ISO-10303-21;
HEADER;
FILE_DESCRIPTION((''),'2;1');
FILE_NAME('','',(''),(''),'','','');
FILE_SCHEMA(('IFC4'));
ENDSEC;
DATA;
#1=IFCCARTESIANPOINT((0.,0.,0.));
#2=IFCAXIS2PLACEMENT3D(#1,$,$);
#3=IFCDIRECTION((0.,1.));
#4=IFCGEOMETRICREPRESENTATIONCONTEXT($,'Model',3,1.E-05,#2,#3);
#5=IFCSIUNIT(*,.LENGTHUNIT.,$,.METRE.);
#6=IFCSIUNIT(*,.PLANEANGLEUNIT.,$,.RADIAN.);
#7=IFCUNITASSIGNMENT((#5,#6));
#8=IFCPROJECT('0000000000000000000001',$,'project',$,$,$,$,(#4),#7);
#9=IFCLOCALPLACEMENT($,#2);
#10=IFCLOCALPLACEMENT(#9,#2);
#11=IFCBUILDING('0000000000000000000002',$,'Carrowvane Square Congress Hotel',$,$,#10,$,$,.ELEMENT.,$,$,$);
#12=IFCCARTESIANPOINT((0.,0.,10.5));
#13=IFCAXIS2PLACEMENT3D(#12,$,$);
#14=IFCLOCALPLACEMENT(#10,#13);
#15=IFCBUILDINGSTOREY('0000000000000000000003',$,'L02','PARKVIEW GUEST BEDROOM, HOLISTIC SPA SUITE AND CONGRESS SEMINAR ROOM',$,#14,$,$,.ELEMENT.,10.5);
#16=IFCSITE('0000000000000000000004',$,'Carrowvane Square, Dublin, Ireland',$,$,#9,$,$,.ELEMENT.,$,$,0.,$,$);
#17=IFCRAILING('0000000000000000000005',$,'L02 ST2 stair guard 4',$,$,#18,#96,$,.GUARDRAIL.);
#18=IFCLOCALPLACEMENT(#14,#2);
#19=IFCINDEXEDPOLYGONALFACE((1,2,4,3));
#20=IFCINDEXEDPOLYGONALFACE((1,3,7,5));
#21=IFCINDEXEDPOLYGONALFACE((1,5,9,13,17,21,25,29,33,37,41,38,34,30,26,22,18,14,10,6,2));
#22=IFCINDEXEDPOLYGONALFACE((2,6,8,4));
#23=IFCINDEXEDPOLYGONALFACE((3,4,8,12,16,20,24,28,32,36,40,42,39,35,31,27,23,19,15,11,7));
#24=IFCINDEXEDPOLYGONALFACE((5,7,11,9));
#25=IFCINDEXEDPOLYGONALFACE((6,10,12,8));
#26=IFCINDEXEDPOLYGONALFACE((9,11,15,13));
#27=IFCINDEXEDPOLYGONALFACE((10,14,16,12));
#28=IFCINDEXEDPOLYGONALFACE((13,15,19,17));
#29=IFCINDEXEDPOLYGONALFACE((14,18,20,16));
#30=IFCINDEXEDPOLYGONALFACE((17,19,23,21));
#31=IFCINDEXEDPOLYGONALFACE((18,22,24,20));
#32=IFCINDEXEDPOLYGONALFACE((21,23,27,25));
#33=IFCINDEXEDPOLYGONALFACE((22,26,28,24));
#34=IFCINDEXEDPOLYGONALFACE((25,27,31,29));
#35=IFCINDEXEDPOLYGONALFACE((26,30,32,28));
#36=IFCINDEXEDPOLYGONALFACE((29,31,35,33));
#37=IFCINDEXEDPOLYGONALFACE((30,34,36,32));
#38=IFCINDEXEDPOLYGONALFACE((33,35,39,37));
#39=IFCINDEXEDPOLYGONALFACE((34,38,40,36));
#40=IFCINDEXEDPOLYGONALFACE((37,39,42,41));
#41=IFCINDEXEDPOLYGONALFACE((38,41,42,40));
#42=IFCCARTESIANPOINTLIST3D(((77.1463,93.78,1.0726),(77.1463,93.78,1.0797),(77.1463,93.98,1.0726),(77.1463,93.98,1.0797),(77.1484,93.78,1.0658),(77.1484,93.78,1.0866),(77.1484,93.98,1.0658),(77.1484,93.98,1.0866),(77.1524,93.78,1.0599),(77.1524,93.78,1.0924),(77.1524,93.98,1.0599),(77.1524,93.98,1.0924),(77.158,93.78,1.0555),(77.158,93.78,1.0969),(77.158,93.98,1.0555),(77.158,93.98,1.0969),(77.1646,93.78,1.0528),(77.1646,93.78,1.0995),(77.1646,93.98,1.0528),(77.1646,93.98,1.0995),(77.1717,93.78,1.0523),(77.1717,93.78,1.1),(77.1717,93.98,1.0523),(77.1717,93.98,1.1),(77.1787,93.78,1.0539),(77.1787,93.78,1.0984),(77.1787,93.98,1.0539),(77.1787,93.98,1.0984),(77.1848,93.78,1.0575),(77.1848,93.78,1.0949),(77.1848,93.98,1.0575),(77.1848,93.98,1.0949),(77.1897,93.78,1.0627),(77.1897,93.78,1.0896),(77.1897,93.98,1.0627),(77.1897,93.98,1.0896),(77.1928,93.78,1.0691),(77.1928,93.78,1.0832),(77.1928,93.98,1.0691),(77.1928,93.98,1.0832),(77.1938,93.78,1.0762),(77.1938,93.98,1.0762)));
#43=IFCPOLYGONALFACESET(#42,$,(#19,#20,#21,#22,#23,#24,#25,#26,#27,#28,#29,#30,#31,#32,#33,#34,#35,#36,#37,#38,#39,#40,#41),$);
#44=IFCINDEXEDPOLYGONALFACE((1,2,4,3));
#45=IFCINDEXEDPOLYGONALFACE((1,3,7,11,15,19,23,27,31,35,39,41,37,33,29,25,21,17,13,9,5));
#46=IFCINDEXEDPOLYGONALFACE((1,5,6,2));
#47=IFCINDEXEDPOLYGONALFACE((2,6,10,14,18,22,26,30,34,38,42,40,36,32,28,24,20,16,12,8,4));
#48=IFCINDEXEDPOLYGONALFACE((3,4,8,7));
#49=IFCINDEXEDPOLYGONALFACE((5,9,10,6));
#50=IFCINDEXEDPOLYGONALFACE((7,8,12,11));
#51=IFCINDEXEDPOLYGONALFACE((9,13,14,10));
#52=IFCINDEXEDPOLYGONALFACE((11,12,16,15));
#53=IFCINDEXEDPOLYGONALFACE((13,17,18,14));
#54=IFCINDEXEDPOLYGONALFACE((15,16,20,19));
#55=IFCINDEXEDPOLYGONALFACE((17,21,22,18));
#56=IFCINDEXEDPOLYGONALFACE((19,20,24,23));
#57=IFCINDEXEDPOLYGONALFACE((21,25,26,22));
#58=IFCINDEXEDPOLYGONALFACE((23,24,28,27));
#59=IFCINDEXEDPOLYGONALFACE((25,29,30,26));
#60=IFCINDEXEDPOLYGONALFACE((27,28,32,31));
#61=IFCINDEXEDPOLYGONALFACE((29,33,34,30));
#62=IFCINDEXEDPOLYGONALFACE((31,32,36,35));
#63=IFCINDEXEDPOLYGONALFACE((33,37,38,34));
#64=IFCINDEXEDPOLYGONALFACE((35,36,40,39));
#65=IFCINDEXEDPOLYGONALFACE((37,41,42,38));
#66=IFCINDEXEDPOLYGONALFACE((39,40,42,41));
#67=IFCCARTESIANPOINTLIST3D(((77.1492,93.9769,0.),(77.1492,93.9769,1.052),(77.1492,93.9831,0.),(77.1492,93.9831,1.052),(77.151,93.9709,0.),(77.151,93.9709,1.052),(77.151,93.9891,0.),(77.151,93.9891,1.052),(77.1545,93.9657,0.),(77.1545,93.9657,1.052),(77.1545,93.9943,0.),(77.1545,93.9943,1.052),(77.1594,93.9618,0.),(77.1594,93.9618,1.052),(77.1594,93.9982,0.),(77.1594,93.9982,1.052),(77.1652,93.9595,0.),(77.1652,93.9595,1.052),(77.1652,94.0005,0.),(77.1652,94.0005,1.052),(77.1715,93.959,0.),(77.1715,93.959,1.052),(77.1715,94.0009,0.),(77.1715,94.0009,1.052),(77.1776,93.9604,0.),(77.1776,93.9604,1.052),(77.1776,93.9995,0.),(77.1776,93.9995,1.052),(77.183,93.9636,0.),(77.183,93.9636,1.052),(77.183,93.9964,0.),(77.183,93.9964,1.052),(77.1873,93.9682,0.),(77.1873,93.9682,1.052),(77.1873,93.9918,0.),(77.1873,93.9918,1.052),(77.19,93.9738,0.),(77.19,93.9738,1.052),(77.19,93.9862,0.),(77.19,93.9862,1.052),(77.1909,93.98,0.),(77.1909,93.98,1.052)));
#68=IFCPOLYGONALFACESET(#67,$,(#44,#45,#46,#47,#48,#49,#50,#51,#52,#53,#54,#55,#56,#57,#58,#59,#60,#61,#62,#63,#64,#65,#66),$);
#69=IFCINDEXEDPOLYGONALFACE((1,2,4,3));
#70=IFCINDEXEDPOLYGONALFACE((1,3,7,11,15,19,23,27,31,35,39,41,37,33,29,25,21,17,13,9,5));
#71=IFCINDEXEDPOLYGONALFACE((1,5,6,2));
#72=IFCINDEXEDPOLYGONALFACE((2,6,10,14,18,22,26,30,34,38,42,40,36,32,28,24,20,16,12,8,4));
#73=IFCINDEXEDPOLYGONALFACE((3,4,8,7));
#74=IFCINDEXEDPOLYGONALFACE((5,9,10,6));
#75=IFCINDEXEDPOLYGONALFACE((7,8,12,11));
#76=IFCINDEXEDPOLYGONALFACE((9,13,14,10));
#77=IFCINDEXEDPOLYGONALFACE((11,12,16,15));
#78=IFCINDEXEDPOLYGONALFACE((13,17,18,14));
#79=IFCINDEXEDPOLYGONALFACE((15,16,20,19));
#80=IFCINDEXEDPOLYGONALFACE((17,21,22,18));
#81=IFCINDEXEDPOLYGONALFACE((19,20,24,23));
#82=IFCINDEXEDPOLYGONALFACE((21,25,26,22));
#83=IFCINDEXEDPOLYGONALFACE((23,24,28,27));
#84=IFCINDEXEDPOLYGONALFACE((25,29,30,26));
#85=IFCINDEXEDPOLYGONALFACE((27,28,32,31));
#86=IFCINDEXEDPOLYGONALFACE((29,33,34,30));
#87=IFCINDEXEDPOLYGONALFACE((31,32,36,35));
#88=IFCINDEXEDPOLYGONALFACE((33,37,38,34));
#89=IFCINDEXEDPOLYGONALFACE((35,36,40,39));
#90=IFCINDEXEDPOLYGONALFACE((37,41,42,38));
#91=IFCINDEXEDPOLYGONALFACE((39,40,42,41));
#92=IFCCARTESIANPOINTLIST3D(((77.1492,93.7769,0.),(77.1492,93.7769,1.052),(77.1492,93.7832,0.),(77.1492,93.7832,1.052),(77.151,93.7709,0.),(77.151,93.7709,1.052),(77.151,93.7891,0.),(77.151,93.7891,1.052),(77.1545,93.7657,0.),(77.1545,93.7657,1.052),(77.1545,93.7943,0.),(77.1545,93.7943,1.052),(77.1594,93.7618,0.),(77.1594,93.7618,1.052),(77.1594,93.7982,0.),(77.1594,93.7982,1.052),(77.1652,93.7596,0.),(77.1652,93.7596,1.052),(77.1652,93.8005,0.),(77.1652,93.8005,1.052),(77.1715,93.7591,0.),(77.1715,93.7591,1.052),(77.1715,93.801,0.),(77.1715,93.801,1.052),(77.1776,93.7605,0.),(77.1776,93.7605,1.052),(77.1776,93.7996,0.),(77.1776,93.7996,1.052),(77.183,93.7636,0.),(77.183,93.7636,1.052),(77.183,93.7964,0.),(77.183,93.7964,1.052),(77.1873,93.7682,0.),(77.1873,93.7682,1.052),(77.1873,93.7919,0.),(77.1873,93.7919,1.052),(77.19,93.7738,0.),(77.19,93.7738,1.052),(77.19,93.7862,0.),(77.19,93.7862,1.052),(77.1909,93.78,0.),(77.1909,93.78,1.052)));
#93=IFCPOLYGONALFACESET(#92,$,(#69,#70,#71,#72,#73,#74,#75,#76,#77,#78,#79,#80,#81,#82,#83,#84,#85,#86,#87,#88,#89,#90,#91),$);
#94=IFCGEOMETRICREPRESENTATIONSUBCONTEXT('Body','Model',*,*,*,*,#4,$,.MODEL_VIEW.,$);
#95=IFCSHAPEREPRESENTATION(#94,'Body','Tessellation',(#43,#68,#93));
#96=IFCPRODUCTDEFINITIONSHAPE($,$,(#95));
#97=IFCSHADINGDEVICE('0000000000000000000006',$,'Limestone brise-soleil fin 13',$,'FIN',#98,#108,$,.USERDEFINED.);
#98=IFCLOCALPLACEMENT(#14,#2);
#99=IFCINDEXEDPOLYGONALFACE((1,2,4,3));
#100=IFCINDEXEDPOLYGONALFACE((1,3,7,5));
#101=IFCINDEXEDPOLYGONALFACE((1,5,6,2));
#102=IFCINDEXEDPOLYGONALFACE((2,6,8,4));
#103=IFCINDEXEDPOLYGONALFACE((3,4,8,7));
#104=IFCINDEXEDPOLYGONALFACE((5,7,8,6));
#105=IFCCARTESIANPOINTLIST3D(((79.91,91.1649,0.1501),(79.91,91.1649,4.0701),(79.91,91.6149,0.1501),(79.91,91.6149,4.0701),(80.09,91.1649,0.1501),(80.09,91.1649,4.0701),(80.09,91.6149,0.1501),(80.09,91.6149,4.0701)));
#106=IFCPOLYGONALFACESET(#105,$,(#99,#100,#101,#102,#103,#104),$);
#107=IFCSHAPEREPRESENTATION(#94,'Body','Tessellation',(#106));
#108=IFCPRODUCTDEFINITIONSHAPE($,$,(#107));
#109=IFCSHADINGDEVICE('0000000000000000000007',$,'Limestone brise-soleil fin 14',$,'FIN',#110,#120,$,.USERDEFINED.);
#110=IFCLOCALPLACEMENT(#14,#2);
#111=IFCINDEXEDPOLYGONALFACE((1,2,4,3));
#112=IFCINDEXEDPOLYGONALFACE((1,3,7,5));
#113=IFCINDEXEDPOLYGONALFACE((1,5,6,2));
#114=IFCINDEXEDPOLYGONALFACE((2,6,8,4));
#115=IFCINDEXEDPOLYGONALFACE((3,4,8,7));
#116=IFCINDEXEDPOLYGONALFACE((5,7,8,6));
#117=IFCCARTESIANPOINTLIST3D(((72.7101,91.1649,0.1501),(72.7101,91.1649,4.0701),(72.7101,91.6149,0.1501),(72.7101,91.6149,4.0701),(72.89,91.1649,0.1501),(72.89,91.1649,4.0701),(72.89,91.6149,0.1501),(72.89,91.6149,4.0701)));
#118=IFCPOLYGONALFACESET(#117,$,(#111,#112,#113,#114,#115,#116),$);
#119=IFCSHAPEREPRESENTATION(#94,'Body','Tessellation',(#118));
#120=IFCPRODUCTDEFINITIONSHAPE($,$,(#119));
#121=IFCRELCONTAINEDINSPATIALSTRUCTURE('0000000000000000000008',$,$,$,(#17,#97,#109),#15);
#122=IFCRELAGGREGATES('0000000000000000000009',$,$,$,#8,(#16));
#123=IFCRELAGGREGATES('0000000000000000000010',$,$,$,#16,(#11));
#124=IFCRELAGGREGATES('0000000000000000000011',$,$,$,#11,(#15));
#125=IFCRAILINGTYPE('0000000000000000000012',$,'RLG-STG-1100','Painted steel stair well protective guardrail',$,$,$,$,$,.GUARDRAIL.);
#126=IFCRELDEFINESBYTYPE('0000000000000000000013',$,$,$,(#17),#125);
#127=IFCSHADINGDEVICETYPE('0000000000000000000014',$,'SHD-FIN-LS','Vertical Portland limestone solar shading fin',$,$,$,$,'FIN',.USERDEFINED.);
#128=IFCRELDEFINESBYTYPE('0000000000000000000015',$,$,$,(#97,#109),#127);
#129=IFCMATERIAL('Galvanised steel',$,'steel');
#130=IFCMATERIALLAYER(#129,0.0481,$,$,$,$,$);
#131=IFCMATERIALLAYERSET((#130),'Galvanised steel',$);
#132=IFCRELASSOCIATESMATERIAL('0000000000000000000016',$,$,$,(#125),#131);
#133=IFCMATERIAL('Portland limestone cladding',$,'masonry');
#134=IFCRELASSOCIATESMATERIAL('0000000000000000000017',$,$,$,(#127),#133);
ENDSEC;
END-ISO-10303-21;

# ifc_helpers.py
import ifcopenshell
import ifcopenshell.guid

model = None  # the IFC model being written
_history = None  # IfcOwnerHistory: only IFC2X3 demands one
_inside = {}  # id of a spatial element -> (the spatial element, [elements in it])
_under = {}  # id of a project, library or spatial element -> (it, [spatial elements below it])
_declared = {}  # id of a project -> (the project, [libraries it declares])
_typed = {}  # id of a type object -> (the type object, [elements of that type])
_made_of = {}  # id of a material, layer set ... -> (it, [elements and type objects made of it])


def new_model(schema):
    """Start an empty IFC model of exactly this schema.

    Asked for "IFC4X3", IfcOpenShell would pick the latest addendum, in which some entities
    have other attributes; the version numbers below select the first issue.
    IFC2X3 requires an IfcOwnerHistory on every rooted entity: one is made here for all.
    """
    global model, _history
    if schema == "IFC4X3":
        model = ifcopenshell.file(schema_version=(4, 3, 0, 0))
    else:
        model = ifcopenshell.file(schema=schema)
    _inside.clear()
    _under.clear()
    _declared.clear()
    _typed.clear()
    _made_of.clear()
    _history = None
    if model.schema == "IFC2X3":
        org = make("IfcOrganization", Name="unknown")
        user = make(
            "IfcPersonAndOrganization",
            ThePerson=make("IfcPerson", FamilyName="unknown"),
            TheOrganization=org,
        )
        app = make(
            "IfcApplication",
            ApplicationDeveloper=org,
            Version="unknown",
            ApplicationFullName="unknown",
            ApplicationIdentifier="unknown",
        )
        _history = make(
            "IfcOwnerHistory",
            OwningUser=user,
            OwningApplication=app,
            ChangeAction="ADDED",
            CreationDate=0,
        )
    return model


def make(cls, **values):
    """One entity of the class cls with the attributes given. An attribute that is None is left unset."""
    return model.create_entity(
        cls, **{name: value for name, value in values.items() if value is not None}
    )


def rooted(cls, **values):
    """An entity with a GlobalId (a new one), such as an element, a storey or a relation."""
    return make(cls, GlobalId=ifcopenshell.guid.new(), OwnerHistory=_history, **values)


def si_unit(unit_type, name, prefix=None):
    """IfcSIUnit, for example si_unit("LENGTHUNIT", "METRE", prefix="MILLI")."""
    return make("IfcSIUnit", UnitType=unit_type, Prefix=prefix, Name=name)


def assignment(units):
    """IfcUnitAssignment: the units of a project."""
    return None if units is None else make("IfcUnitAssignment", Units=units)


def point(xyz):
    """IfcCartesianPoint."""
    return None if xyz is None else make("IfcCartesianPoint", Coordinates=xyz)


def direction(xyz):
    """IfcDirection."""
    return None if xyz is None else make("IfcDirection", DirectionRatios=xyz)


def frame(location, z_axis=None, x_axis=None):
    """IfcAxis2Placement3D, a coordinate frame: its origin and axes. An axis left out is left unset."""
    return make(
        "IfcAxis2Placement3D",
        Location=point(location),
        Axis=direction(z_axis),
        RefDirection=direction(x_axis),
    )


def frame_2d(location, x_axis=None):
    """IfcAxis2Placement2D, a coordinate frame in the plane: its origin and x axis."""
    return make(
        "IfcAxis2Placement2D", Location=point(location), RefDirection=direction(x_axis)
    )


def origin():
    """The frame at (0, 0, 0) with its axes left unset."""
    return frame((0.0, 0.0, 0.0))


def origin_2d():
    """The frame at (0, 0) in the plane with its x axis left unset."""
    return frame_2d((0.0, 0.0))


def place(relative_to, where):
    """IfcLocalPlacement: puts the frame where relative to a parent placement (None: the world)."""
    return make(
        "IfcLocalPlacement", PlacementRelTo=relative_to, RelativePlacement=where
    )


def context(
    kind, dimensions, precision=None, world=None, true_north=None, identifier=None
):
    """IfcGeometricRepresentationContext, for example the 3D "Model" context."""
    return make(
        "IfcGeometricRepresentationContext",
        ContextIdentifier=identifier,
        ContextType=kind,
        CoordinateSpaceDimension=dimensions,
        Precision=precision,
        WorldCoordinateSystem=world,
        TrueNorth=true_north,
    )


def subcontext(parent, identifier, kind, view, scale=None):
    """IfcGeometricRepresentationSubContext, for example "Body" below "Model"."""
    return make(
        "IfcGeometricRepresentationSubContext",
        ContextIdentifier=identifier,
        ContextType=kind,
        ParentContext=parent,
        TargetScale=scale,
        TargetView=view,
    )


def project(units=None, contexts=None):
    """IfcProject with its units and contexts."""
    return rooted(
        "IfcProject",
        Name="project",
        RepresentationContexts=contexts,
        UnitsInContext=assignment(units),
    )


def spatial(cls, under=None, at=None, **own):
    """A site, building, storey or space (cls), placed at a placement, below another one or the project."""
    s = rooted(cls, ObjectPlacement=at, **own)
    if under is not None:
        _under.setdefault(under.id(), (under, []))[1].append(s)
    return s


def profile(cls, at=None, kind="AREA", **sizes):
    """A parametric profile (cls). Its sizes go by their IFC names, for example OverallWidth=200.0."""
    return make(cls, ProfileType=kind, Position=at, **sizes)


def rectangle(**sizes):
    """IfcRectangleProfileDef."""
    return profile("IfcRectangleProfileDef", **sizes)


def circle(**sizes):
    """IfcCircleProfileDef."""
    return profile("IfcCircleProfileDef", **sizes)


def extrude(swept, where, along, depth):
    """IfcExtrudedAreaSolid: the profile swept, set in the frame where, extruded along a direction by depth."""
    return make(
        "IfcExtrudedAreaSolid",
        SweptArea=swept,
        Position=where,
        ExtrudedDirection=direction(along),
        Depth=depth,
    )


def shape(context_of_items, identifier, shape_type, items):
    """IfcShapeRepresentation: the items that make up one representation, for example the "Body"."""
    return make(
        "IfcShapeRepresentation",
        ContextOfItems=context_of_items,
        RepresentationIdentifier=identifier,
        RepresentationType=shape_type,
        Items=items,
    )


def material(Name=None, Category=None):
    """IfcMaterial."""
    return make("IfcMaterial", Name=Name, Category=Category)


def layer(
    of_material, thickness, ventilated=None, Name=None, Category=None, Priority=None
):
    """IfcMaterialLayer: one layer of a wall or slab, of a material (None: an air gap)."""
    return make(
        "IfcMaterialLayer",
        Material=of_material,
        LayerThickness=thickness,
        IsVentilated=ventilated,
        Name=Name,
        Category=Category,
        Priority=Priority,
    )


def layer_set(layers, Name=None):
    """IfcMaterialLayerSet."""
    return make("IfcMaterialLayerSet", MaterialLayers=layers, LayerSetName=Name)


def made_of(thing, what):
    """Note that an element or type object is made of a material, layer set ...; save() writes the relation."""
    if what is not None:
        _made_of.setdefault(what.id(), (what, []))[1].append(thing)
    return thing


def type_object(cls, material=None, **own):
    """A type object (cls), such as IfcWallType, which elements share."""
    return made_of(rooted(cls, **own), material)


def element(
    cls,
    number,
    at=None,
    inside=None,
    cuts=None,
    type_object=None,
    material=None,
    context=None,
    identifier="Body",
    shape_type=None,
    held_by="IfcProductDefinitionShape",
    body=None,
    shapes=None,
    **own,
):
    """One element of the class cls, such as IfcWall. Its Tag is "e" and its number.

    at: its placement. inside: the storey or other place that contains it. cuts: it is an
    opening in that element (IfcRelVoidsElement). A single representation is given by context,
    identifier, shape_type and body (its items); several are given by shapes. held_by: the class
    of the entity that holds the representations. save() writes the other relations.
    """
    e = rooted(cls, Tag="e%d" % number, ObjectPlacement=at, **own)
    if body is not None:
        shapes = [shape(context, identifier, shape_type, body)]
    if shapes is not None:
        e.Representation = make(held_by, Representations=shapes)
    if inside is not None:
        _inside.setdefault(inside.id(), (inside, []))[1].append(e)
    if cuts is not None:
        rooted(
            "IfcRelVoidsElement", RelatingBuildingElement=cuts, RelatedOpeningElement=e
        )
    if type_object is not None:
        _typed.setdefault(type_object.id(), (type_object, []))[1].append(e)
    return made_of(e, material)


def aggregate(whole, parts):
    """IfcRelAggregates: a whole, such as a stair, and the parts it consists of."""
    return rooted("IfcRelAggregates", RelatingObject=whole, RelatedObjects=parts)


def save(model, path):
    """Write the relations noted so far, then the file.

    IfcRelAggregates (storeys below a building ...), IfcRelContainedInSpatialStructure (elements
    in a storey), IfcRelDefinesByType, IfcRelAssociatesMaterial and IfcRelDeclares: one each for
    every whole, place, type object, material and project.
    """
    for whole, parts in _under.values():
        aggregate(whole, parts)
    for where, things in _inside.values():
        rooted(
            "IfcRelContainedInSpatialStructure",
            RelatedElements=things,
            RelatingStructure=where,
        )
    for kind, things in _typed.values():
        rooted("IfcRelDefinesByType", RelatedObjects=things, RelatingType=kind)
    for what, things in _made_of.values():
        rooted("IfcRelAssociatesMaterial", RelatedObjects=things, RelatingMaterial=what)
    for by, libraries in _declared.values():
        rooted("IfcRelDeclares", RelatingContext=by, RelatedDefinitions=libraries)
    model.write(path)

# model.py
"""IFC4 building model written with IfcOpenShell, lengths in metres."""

from ifc_helpers import new_model, si_unit, direction, frame, origin, origin_2d, place, context, subcontext, project, spatial, rectangle, circle, extrude, material, layer, layer_set, type_object, element, save


model = new_model("IFC4")

# Units and contexts
model_context = context("Model", 3, precision=1e-05, world=origin(), true_north=direction((0.0, 1.0)))
body_context = subcontext(model_context, "Body", "Model", "MODEL_VIEW")
ifc_project = project(units=[si_unit("LENGTHUNIT", "METRE"), si_unit("PLANEANGLEUNIT", "RADIAN")], contexts=[model_context])

# Site, building, storey
site_placement = place(None, origin())
site = spatial("IfcSite", under=ifc_project, at=site_placement, Name="Carrowvane Square, Dublin, Ireland", CompositionType="ELEMENT", RefElevation=0.0)
building_placement = place(site_placement, origin())
building = spatial("IfcBuilding", under=site, at=building_placement, Name="Carrowvane Square Congress Hotel", CompositionType="ELEMENT")
storey_placement = place(building_placement, frame((0.0, 0.0, 10.5)))
storey = spatial("IfcBuildingStorey", under=building, at=storey_placement, Name="L02", Description="PARKVIEW GUEST BEDROOM, HOLISTIC SPA SUITE AND CONGRESS SEMINAR ROOM", CompositionType="ELEMENT", Elevation=10.5)

# Railing
ifc_material_1 = material(Name="Galvanised steel", Category="steel")
ifc_layer_1 = layer(ifc_material_1, 0.0481)
ifc_layer_set_1 = layer_set([ifc_layer_1], Name="Galvanised steel")
railing_type_1 = type_object("IfcRailingType", Name="RLG-STG-1100", Description="Painted steel stair well protective guardrail", PredefinedType="GUARDRAIL", material=ifc_layer_set_1)
railing_1_placement = place(storey_placement, frame((77.1699, 93.98, 0.0)))
element("IfcRailing", 1, at=railing_1_placement, inside=storey, type_object=railing_type_1, Name="L02 ST2 stair guard 4", PredefinedType="GUARDRAIL", context=body_context, shape_type="SweptSolid", body=[
    extrude(circle(Radius=0.0239, at=origin_2d()), frame((0.0, 0.0, 1.0762), z_axis=(0.0, -1.0, 0.0), x_axis=(1.0, 0.0, 0.0)), (0.0, 0.0, 1.0), 0.2),
    extrude(circle(Radius=0.021, at=origin_2d()), origin(), (0.0, 0.0, 1.0), 1.052),
    extrude(circle(Radius=0.021, at=origin_2d()), frame((0.0, -0.2, 0.0)), (0.0, 0.0, 1.0), 1.052),
])

# Shading devices
ifc_material_2 = material(Name="Portland limestone cladding", Category="masonry")
shading_device_type = type_object("IfcShadingDeviceType", Name="SHD-FIN-LS", Description="Vertical Portland limestone solar shading fin", ElementType="FIN", PredefinedType="USERDEFINED", material=ifc_material_2)
for number, where, z_axis, x_axis, name in (
    (2, (80.0, 91.3899, 0.1501), (0.0, 0.0, 1.0), (-1.0, 0.0, 0.0), "Limestone brise-soleil fin 13"),
    (3, (72.8, 91.3899, 0.1501), (0.0, 0.0, 1.0), (-1.0, 0.0, 0.0), "Limestone brise-soleil fin 14"),
):
    element("IfcShadingDevice", number, at=place(storey_placement, frame(where, z_axis=z_axis, x_axis=x_axis)), inside=storey, type_object=shading_device_type, Name=name, ObjectType="FIN", PredefinedType="USERDEFINED", context=body_context, shape_type="SweptSolid", body=[
        extrude(rectangle(XDim=0.1799, YDim=0.45, at=origin_2d()), origin(), (0.0, 0.0, 1.0), 3.9199),
    ])

save(model, "model.ifc")
